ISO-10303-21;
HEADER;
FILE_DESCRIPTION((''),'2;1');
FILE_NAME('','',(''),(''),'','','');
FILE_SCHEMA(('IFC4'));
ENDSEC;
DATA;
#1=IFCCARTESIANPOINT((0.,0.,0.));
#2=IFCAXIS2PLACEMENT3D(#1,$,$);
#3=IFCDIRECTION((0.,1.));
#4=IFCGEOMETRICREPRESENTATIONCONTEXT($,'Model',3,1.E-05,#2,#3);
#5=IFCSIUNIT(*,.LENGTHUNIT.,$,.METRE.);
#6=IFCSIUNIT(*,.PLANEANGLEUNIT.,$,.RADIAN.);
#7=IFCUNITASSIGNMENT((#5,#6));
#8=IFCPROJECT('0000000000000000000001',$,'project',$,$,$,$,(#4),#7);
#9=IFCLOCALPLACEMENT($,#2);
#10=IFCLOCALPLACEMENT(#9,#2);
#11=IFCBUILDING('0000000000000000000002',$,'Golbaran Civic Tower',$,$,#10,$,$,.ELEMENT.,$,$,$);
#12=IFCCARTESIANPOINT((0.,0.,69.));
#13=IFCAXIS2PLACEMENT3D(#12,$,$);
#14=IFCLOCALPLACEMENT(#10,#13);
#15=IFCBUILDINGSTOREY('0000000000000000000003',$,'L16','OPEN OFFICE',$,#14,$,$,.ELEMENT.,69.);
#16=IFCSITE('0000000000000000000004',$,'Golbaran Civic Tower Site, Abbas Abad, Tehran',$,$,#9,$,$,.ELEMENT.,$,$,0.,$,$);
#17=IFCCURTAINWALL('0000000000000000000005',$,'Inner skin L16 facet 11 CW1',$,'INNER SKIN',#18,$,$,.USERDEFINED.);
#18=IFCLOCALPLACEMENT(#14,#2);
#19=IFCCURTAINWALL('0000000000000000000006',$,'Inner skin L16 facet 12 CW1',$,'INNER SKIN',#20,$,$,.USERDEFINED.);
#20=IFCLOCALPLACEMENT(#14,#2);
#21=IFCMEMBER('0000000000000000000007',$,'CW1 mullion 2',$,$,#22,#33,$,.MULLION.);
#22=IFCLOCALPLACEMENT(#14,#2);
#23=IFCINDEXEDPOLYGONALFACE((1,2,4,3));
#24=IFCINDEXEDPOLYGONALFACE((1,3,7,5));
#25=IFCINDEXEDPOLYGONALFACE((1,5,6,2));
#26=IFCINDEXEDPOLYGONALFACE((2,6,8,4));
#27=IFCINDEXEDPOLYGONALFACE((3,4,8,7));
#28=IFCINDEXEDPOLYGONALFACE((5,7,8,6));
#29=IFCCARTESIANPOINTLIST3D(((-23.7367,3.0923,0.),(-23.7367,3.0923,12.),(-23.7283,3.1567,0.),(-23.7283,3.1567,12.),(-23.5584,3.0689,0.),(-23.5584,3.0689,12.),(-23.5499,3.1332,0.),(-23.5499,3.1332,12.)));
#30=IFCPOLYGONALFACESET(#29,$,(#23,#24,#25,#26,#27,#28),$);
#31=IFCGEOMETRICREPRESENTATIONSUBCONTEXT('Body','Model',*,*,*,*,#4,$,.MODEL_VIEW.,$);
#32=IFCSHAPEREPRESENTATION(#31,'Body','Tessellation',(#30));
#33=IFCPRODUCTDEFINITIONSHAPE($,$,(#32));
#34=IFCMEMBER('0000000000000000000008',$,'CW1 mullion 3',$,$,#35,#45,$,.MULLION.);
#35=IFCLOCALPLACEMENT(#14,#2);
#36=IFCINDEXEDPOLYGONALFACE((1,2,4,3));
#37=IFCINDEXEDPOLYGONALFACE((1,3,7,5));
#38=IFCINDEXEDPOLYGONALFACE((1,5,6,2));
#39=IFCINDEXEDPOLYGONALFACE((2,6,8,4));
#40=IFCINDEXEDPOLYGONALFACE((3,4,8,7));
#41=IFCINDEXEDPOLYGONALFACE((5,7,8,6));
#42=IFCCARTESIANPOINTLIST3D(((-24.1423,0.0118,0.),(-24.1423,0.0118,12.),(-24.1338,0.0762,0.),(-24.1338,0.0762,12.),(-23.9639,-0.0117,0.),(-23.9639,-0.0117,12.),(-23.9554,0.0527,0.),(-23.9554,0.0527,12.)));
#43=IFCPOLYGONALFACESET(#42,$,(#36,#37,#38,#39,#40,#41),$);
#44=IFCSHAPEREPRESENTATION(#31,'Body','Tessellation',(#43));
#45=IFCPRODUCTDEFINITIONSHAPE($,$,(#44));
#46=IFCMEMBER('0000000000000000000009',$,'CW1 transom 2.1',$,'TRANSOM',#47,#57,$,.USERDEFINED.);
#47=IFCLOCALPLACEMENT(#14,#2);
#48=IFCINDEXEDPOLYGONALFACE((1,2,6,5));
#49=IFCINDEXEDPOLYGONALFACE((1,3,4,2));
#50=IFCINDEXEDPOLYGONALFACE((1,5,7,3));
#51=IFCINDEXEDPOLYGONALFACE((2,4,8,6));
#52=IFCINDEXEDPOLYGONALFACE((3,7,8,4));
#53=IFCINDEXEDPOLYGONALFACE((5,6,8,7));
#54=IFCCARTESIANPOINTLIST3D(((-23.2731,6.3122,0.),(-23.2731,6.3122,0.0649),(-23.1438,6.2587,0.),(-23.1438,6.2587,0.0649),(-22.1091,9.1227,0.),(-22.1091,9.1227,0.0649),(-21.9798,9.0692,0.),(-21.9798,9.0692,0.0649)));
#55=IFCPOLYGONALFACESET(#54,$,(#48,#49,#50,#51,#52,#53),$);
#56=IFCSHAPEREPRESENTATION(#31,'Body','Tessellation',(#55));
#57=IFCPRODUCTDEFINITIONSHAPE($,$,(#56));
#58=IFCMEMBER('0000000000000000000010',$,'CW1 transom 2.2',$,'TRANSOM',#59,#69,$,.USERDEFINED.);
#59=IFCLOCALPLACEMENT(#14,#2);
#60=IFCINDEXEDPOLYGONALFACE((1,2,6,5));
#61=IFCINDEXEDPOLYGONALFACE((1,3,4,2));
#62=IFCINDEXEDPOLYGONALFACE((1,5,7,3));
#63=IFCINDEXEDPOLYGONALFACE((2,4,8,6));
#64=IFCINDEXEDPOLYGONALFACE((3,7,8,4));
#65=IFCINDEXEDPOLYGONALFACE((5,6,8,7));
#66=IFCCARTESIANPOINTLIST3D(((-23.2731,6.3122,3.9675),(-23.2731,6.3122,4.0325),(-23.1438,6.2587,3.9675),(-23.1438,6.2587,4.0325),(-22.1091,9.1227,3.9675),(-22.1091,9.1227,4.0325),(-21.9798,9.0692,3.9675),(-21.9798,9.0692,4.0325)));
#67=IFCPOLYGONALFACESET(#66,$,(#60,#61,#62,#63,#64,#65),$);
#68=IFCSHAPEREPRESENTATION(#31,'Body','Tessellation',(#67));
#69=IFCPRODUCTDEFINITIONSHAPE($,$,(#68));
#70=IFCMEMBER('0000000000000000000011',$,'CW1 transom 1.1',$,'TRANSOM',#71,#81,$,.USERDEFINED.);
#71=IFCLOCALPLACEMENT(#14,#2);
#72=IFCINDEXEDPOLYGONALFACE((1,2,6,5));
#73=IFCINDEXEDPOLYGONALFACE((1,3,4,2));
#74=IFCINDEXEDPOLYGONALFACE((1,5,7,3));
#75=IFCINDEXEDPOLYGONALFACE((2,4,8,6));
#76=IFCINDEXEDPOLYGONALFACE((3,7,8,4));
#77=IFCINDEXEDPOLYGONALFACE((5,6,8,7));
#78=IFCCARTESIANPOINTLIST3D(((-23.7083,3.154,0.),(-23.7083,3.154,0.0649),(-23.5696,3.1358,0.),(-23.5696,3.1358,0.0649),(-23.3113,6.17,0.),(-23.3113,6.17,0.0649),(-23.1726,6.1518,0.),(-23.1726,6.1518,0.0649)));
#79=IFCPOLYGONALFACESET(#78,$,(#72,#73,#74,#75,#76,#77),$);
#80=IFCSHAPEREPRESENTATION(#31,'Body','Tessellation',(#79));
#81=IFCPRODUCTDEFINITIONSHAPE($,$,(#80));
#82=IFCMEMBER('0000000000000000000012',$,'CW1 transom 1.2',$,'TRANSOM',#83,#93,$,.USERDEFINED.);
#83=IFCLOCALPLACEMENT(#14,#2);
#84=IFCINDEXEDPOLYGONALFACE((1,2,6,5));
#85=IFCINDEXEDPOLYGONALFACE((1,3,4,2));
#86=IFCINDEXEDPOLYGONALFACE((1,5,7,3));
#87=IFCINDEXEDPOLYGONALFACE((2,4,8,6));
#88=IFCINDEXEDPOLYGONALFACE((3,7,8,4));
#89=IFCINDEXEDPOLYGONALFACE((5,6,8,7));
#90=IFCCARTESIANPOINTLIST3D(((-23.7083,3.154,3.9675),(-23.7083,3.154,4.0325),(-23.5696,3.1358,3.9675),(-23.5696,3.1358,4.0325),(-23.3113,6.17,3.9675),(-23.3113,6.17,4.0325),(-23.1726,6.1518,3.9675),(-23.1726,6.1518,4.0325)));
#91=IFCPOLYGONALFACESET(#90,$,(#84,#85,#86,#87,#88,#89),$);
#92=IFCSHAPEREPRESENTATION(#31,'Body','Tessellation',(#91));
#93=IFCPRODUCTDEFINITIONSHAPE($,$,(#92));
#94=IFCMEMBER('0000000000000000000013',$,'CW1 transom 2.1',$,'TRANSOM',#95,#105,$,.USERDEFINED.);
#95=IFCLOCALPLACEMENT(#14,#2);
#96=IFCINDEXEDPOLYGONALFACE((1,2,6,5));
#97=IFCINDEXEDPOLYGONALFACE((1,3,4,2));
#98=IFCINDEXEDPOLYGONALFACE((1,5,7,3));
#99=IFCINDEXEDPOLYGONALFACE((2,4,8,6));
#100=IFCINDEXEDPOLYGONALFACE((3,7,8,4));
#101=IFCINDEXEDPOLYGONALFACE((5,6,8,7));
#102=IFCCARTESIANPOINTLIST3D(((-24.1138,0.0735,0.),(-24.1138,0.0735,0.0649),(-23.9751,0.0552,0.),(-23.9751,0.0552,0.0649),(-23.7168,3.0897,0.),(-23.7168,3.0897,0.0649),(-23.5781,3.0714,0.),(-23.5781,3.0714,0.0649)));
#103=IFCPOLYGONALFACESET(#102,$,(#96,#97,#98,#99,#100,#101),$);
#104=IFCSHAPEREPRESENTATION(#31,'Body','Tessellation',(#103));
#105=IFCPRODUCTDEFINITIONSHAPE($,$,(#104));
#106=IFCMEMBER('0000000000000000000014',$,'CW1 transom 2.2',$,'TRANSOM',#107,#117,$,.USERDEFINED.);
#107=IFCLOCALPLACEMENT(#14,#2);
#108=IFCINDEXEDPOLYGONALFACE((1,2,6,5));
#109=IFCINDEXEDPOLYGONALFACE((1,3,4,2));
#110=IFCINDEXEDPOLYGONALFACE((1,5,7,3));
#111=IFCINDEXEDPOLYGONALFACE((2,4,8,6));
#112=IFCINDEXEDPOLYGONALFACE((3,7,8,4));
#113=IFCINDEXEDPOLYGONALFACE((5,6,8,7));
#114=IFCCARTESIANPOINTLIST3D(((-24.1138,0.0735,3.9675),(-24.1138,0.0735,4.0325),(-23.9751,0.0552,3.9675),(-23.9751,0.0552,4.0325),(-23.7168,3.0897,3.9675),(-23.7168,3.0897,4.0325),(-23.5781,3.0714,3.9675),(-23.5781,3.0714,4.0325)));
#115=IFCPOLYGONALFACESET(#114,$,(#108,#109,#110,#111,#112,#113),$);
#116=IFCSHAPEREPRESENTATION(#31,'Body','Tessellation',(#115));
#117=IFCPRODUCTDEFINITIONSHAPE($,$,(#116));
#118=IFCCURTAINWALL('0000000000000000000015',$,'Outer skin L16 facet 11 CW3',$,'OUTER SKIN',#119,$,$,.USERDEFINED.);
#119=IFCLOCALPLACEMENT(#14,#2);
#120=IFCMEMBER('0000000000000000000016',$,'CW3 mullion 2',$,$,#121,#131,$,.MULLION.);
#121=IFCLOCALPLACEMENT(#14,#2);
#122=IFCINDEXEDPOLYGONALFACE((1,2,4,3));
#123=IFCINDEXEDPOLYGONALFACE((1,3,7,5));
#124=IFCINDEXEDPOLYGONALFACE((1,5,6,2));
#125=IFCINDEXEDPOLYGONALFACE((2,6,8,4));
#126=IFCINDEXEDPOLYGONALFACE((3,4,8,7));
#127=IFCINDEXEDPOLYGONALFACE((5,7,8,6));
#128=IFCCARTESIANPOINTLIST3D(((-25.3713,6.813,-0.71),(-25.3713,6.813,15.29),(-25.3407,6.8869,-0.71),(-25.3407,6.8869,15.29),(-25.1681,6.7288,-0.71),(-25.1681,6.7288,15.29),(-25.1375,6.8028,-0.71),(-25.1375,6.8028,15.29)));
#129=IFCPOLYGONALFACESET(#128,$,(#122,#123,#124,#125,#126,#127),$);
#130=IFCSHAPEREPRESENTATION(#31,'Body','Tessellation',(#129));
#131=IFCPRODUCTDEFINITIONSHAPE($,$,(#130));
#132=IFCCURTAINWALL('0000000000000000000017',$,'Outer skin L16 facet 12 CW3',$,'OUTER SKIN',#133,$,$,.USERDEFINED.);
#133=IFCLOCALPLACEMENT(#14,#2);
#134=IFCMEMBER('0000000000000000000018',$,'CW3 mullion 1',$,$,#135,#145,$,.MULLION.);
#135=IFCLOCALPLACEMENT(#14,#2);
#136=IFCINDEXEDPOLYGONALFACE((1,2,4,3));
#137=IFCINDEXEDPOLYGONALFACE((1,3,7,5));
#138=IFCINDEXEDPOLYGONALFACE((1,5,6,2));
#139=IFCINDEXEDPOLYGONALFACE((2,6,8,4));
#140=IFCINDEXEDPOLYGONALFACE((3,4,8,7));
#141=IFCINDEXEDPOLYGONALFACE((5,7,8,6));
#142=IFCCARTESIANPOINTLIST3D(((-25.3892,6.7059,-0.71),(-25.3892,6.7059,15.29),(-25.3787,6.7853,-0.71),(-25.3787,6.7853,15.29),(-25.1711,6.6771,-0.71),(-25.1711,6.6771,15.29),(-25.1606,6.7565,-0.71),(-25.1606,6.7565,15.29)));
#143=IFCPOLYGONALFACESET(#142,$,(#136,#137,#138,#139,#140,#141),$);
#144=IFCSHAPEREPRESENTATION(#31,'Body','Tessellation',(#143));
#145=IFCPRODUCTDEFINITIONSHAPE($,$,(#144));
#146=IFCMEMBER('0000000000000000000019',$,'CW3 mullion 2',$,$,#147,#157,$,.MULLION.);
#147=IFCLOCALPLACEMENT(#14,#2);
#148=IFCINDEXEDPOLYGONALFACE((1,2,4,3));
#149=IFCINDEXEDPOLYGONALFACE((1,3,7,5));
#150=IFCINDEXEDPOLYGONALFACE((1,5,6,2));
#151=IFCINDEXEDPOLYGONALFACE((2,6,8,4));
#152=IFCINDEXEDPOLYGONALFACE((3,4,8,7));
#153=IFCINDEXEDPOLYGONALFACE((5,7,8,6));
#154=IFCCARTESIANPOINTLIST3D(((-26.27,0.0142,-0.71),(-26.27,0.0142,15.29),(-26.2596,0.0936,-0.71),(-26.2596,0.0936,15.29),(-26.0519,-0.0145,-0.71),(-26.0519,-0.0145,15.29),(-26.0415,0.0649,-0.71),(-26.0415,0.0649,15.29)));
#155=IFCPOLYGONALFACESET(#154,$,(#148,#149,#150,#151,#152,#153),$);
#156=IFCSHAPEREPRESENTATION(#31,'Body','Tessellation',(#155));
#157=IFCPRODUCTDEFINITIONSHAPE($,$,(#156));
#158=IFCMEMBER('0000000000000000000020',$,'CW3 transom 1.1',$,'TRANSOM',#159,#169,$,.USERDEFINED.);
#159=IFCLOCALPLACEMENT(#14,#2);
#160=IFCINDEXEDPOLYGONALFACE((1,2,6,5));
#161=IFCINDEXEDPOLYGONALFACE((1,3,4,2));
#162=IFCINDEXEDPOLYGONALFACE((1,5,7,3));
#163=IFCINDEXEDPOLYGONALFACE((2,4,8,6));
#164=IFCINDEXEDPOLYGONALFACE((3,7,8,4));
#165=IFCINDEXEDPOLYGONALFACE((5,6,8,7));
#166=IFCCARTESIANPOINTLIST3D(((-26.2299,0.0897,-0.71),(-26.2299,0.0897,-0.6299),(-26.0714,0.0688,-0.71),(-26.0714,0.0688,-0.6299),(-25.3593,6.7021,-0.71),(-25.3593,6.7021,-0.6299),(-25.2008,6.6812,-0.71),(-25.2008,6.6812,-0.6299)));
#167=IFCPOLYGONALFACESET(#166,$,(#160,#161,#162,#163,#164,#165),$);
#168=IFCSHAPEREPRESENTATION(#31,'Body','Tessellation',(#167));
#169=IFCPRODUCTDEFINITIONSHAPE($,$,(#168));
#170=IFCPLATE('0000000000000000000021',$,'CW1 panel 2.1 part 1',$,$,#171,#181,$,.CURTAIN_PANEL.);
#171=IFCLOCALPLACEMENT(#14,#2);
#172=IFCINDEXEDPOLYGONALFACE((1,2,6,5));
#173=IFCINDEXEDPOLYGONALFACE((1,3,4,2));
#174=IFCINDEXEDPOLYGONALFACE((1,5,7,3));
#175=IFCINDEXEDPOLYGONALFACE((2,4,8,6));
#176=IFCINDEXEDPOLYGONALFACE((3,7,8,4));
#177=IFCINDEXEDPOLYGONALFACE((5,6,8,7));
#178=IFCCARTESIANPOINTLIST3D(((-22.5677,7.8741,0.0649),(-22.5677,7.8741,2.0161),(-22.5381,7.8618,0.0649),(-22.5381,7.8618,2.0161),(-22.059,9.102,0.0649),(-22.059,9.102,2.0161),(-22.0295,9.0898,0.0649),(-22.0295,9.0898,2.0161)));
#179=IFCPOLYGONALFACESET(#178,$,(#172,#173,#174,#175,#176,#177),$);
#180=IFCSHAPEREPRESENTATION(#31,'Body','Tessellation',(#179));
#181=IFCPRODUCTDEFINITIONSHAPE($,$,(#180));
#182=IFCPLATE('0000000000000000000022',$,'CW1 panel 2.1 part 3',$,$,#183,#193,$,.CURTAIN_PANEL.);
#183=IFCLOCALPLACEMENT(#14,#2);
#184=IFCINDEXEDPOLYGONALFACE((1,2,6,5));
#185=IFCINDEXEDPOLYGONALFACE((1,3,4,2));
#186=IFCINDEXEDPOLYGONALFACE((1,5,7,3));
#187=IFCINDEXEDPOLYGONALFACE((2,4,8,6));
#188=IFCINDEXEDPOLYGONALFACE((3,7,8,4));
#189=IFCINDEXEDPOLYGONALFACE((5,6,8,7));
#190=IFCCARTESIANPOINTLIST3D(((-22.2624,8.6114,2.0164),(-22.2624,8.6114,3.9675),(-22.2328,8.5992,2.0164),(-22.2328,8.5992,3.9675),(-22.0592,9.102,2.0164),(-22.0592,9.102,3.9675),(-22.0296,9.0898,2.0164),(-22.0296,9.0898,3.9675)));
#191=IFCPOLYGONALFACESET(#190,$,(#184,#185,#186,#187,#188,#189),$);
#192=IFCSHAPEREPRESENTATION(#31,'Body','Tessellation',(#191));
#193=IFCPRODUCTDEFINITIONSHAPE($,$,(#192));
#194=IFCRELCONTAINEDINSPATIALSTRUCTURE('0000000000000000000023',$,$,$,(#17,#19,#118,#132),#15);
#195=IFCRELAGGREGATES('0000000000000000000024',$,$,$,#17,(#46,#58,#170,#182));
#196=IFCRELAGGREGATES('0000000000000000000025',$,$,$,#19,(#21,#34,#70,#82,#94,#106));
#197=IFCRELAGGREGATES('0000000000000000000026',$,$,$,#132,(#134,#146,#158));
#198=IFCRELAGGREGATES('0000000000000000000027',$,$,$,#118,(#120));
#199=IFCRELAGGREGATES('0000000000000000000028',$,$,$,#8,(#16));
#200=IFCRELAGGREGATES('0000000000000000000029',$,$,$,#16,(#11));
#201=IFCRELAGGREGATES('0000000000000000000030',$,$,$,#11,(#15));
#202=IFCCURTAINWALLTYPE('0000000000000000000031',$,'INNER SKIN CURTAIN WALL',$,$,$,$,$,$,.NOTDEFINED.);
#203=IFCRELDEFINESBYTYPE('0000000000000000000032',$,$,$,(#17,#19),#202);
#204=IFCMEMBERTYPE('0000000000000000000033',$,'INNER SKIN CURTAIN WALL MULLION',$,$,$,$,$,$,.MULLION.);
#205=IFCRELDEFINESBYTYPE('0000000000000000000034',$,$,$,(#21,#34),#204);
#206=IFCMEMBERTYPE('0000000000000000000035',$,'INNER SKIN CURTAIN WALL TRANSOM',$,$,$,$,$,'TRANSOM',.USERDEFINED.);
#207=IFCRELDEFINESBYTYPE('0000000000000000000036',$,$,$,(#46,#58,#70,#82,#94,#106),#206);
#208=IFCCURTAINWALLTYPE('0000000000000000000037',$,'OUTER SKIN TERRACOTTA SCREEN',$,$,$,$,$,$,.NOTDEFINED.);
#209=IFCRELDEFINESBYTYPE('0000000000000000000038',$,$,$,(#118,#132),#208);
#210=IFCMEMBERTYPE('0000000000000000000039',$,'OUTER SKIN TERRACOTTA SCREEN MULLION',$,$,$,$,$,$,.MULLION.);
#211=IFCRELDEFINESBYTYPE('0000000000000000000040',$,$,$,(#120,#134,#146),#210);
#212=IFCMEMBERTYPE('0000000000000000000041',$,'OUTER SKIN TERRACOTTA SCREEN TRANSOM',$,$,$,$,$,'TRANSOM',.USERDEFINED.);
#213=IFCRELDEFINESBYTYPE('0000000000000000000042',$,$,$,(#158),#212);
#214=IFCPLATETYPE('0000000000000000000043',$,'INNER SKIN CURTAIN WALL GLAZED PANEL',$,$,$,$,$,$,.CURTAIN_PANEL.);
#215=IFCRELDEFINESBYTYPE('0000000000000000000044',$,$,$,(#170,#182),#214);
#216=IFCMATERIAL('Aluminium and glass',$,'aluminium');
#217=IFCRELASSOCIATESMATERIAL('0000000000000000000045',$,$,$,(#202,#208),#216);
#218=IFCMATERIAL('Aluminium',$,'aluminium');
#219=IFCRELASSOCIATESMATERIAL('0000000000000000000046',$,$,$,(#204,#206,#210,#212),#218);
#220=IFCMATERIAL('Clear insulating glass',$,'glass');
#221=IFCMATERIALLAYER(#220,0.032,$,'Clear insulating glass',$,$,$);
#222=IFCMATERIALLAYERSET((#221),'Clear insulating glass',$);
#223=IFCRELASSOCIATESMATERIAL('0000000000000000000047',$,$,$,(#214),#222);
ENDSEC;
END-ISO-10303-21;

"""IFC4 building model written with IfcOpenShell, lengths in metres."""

from ifc_helpers import new_model, si_unit, direction, frame, origin, origin_2d, place, context, subcontext, project, spatial, rectangle, extrude, material, layer, layer_set, material_profile, profile_set, type_object, element, aggregate, save


model = new_model("IFC4")

# Units and contexts
model_context = context("Model", 3, precision=1e-05, world=origin(), true_north=direction((0.0, 1.0)))
body_context = subcontext(model_context, "Body", "Model", "MODEL_VIEW")
ifc_project = project(units=[si_unit("LENGTHUNIT", "METRE"), si_unit("PLANEANGLEUNIT", "RADIAN")], contexts=[model_context])

# Site, building, storey
site_placement = place(None, origin())
site = spatial("IfcSite", under=ifc_project, at=site_placement, Name="Golbaran Civic Tower Site, Abbas Abad, Tehran", CompositionType="ELEMENT", RefElevation=0.0)
building_placement = place(site_placement, origin())
building = spatial("IfcBuilding", under=site, at=building_placement, Name="Golbaran Civic Tower", CompositionType="ELEMENT")
storey_placement = place(building_placement, frame((0.0, 0.0, 69.0)))
storey = spatial("IfcBuildingStorey", under=building, at=storey_placement, Name="L16", Description="OPEN OFFICE", CompositionType="ELEMENT", Elevation=69.0)

# Curtain walls, members
ifc_material_1 = material(Name="Aluminium and glass", Category="aluminium")
curtain_wall_type_1 = type_object("IfcCurtainWallType", Name="INNER SKIN CURTAIN WALL", PredefinedType="NOTDEFINED", material=ifc_material_1)
curtain_wall_1_placement = place(storey_placement, origin())
curtain_wall_1 = element("IfcCurtainWall", 1, at=curtain_wall_1_placement, inside=storey, type_object=curtain_wall_type_1, Name="Inner skin L16 facet 11 CW1", ObjectType="INNER SKIN", PredefinedType="USERDEFINED")
ifc_material_2 = material(Name="Aluminium", Category="aluminium")
ifc_material_profile_1 = material_profile(ifc_material_2, rectangle(XDim=0.1799, YDim=0.0649, at=origin_2d()), Name="INNER SKIN CURTAIN WALL MULLION")
ifc_profile_set_1 = profile_set([ifc_material_profile_1], Name="Aluminium")
member_type_1 = type_object("IfcMemberType", Name="INNER SKIN CURTAIN WALL MULLION", PredefinedType="MULLION", material=ifc_profile_set_1)
curtain_wall_2_placement = place(storey_placement, origin())
curtain_wall_2 = element("IfcCurtainWall", 2, at=curtain_wall_2_placement, inside=storey, type_object=curtain_wall_type_1, Name="Inner skin L16 facet 12 CW1", ObjectType="INNER SKIN", PredefinedType="USERDEFINED")
member_1_placement = place(storey_placement, frame((-23.6433, 3.1128, 0.0), z_axis=(0.0, 0.0, 1.0), x_axis=(0.991445, -0.130526, 0.0)))
member_1 = element("IfcMember", 3, at=member_1_placement, type_object=member_type_1, Name="CW1 mullion 2", PredefinedType="MULLION", context=body_context, shape_type="SweptSolid", body=[
    extrude(rectangle(XDim=0.1799, YDim=0.0649, at=origin_2d()), origin(), (0.0, 0.0, 1.0), 12.0),
])
member_2_placement = place(storey_placement, frame((-24.0488, 0.0322, 0.0), z_axis=(0.0, 0.0, 1.0), x_axis=(0.991445, -0.130526, 0.0)))
member_2 = element("IfcMember", 4, at=member_2_placement, type_object=member_type_1, Name="CW1 mullion 3", PredefinedType="MULLION", context=body_context, shape_type="SweptSolid", body=[
    extrude(rectangle(XDim=0.1799, YDim=0.0649, at=origin_2d()), origin(), (0.0, 0.0, 1.0), 12.0),
])

# Members
ifc_material_profile_2 = material_profile(ifc_material_2, rectangle(XDim=0.1399, YDim=0.0649, at=origin_2d()), Name="INNER SKIN CURTAIN WALL TRANSOM")
ifc_profile_set_2 = profile_set([ifc_material_profile_2], Name="Aluminium")
member_type_2 = type_object("IfcMemberType", Name="INNER SKIN CURTAIN WALL TRANSOM", ElementType="TRANSOM", PredefinedType="USERDEFINED", material=ifc_profile_set_2)
member_3_placement = place(storey_placement, frame((-22.0444, 9.0959, 0.0325), z_axis=(-0.382654, -0.923892, 0.0), x_axis=(0.923892, -0.382654, 0.0)))
member_3 = element("IfcMember", 5, at=member_3_placement, type_object=member_type_2, Name="CW1 transom 2.1", ObjectType="TRANSOM", PredefinedType="USERDEFINED", context=body_context, shape_type="SweptSolid", body=[
    extrude(rectangle(XDim=0.1399, YDim=0.0649, at=origin_2d()), origin(), (0.0, 0.0, 1.0), 3.042),
])
member_4_placement = place(storey_placement, frame((-22.0444, 9.0959, 4.0), z_axis=(-0.382654, -0.923892, 0.0), x_axis=(0.923892, -0.382654, 0.0)))
member_4 = element("IfcMember", 6, at=member_4_placement, type_object=member_type_2, Name="CW1 transom 2.2", ObjectType="TRANSOM", PredefinedType="USERDEFINED", context=body_context, shape_type="SweptSolid", body=[
    extrude(rectangle(XDim=0.1399, YDim=0.0649, at=origin_2d()), origin(), (0.0, 0.0, 1.0), 3.042),
])
member_5_placement = place(storey_placement, frame((-23.2419, 6.1609, 0.0325), z_axis=(-0.130502, -0.991448, 0.0), x_axis=(0.991448, -0.130502, 0.0)))
member_5 = element("IfcMember", 7, at=member_5_placement, type_object=member_type_2, Name="CW1 transom 1.1", ObjectType="TRANSOM", PredefinedType="USERDEFINED", context=body_context, shape_type="SweptSolid", body=[
    extrude(rectangle(XDim=0.1399, YDim=0.0649, at=origin_2d()), origin(), (0.0, 0.0, 1.0), 3.042),
])
member_6_placement = place(storey_placement, frame((-23.2419, 6.1609, 4.0), z_axis=(-0.130502, -0.991448, 0.0), x_axis=(0.991448, -0.130502, 0.0)))
member_6 = element("IfcMember", 8, at=member_6_placement, type_object=member_type_2, Name="CW1 transom 1.2", ObjectType="TRANSOM", PredefinedType="USERDEFINED", context=body_context, shape_type="SweptSolid", body=[
    extrude(rectangle(XDim=0.1399, YDim=0.0649, at=origin_2d()), origin(), (0.0, 0.0, 1.0), 3.042),
])
member_7_placement = place(storey_placement, frame((-23.6475, 3.0806, 0.0325), z_axis=(-0.130492, -0.991449, 0.0), x_axis=(0.991449, -0.130492, 0.0)))
member_7 = element("IfcMember", 9, at=member_7_placement, type_object=member_type_2, Name="CW1 transom 2.1", ObjectType="TRANSOM", PredefinedType="USERDEFINED", context=body_context, shape_type="SweptSolid", body=[
    extrude(rectangle(XDim=0.1399, YDim=0.0649, at=origin_2d()), origin(), (0.0, 0.0, 1.0), 3.0422),
])
member_8_placement = place(storey_placement, frame((-23.6475, 3.0806, 4.0), z_axis=(-0.130492, -0.991449, 0.0), x_axis=(0.991449, -0.130492, 0.0)))
member_8 = element("IfcMember", 10, at=member_8_placement, type_object=member_type_2, Name="CW1 transom 2.2", ObjectType="TRANSOM", PredefinedType="USERDEFINED", context=body_context, shape_type="SweptSolid", body=[
    extrude(rectangle(XDim=0.1399, YDim=0.0649, at=origin_2d()), origin(), (0.0, 0.0, 1.0), 3.0422),
])

# Curtain wall, member
curtain_wall_type_2 = type_object("IfcCurtainWallType", Name="OUTER SKIN TERRACOTTA SCREEN", PredefinedType="NOTDEFINED", material=ifc_material_1)
curtain_wall_3_placement = place(storey_placement, origin())
curtain_wall_3 = element("IfcCurtainWall", 11, at=curtain_wall_3_placement, inside=storey, type_object=curtain_wall_type_2, Name="Outer skin L16 facet 11 CW3", ObjectType="OUTER SKIN", PredefinedType="USERDEFINED")
ifc_material_profile_3 = material_profile(ifc_material_2, rectangle(XDim=0.22, YDim=0.0801, at=origin_2d()), Name="OUTER SKIN TERRACOTTA SCREEN MULLION")
ifc_profile_set_3 = profile_set([ifc_material_profile_3], Name="Aluminium")
member_type_3 = type_object("IfcMemberType", Name="OUTER SKIN TERRACOTTA SCREEN MULLION", PredefinedType="MULLION", material=ifc_profile_set_3)
member_9_placement = place(storey_placement, frame((-25.2544, 6.8079, -0.71), z_axis=(0.0, 0.0, 1.0), x_axis=(0.92388, -0.382683, 0.0)))
member_9 = element("IfcMember", 12, at=member_9_placement, type_object=member_type_3, Name="CW3 mullion 2", PredefinedType="MULLION", context=body_context, shape_type="SweptSolid", body=[
    extrude(rectangle(XDim=0.22, YDim=0.0801, at=origin_2d()), origin(), (0.0, 0.0, 1.0), 16.0),
])

# Curtain wall, members
curtain_wall_4_placement = place(storey_placement, origin())
curtain_wall_4 = element("IfcCurtainWall", 13, at=curtain_wall_4_placement, inside=storey, type_object=curtain_wall_type_2, Name="Outer skin L16 facet 12 CW3", ObjectType="OUTER SKIN", PredefinedType="USERDEFINED")
member_10_placement = place(storey_placement, frame((-25.2749, 6.7312, -0.71), z_axis=(0.0, 0.0, 1.0), x_axis=(0.991445, -0.130526, 0.0)))
member_10 = element("IfcMember", 14, at=member_10_placement, type_object=member_type_3, Name="CW3 mullion 1", PredefinedType="MULLION", context=body_context, shape_type="SweptSolid", body=[
    extrude(rectangle(XDim=0.22, YDim=0.0801, at=origin_2d()), origin(), (0.0, 0.0, 1.0), 16.0),
])
member_11_placement = place(storey_placement, frame((-26.1558, 0.0396, -0.71), z_axis=(0.0, 0.0, 1.0), x_axis=(0.991445, -0.130526, 0.0)))
member_11 = element("IfcMember", 15, at=member_11_placement, type_object=member_type_3, Name="CW3 mullion 2", PredefinedType="MULLION", context=body_context, shape_type="SweptSolid", body=[
    extrude(rectangle(XDim=0.22, YDim=0.0801, at=origin_2d()), origin(), (0.0, 0.0, 1.0), 16.0),
])
ifc_material_profile_4 = material_profile(ifc_material_2, rectangle(XDim=0.1599, YDim=0.0801, at=origin_2d()), Name="OUTER SKIN TERRACOTTA SCREEN TRANSOM")
ifc_profile_set_4 = profile_set([ifc_material_profile_4], Name="Aluminium")
member_type_4 = type_object("IfcMemberType", Name="OUTER SKIN TERRACOTTA SCREEN TRANSOM", ElementType="TRANSOM", PredefinedType="USERDEFINED", material=ifc_profile_set_4)
member_12_placement = place(storey_placement, frame((-25.28, 6.6917, -0.6699), z_axis=(-0.130538, -0.991443, 0.0), x_axis=(0.991443, -0.130538, 0.0)))
member_12 = element("IfcMember", 16, at=member_12_placement, type_object=member_type_4, Name="CW3 transom 1.1", ObjectType="TRANSOM", PredefinedType="USERDEFINED", context=body_context, shape_type="SweptSolid", body=[
    extrude(rectangle(XDim=0.1599, YDim=0.0801, at=origin_2d()), origin(), (0.0, 0.0, 1.0), 6.6694),
])

# Plates
ifc_material_3 = material(Name="Clear insulating glass", Category="glass")
ifc_layer_1 = layer(ifc_material_3, 0.032, Name="Clear insulating glass")
ifc_layer_set_1 = layer_set([ifc_layer_1], Name="Clear insulating glass")
plate_type_1 = type_object("IfcPlateType", Name="INNER SKIN CURTAIN WALL GLAZED PANEL", PredefinedType="CURTAIN_PANEL", material=ifc_layer_set_1)
plate_1_placement = place(storey_placement, frame((-22.2986, 8.4819, 0.0649), z_axis=(0.0, 0.0, 1.0), x_axis=(-0.382683, -0.92388, 0.0)))
plate_1 = element("IfcPlate", 17, at=plate_1_placement, type_object=plate_type_1, Name="CW1 panel 2.1 part 1", PredefinedType="CURTAIN_PANEL", context=body_context, shape_type="SweptSolid", body=[
    extrude(rectangle(XDim=1.3291, YDim=0.032, at=origin_2d()), origin(), (0.0, 0.0, 1.0), 1.9512),
])
plate_2_placement = place(storey_placement, frame((-22.146, 8.8506, 2.0164), z_axis=(0.0, 0.0, 1.0), x_axis=(-0.382683, -0.92388, 0.0)))
plate_2 = element("IfcPlate", 18, at=plate_2_placement, type_object=plate_type_1, Name="CW1 panel 2.1 part 3", PredefinedType="CURTAIN_PANEL", context=body_context, shape_type="SweptSolid", body=[
    extrude(rectangle(XDim=0.531, YDim=0.032, at=origin_2d()), origin(), (0.0, 0.0, 1.0), 1.9512),
])
aggregate(curtain_wall_1, [member_3, member_4, plate_1, plate_2])
aggregate(curtain_wall_2, [member_1, member_2, member_5, member_6, member_7, member_8])
aggregate(curtain_wall_4, [member_10, member_11, member_12])
aggregate(curtain_wall_3, [member_9])

save(model, "model.ifc")
